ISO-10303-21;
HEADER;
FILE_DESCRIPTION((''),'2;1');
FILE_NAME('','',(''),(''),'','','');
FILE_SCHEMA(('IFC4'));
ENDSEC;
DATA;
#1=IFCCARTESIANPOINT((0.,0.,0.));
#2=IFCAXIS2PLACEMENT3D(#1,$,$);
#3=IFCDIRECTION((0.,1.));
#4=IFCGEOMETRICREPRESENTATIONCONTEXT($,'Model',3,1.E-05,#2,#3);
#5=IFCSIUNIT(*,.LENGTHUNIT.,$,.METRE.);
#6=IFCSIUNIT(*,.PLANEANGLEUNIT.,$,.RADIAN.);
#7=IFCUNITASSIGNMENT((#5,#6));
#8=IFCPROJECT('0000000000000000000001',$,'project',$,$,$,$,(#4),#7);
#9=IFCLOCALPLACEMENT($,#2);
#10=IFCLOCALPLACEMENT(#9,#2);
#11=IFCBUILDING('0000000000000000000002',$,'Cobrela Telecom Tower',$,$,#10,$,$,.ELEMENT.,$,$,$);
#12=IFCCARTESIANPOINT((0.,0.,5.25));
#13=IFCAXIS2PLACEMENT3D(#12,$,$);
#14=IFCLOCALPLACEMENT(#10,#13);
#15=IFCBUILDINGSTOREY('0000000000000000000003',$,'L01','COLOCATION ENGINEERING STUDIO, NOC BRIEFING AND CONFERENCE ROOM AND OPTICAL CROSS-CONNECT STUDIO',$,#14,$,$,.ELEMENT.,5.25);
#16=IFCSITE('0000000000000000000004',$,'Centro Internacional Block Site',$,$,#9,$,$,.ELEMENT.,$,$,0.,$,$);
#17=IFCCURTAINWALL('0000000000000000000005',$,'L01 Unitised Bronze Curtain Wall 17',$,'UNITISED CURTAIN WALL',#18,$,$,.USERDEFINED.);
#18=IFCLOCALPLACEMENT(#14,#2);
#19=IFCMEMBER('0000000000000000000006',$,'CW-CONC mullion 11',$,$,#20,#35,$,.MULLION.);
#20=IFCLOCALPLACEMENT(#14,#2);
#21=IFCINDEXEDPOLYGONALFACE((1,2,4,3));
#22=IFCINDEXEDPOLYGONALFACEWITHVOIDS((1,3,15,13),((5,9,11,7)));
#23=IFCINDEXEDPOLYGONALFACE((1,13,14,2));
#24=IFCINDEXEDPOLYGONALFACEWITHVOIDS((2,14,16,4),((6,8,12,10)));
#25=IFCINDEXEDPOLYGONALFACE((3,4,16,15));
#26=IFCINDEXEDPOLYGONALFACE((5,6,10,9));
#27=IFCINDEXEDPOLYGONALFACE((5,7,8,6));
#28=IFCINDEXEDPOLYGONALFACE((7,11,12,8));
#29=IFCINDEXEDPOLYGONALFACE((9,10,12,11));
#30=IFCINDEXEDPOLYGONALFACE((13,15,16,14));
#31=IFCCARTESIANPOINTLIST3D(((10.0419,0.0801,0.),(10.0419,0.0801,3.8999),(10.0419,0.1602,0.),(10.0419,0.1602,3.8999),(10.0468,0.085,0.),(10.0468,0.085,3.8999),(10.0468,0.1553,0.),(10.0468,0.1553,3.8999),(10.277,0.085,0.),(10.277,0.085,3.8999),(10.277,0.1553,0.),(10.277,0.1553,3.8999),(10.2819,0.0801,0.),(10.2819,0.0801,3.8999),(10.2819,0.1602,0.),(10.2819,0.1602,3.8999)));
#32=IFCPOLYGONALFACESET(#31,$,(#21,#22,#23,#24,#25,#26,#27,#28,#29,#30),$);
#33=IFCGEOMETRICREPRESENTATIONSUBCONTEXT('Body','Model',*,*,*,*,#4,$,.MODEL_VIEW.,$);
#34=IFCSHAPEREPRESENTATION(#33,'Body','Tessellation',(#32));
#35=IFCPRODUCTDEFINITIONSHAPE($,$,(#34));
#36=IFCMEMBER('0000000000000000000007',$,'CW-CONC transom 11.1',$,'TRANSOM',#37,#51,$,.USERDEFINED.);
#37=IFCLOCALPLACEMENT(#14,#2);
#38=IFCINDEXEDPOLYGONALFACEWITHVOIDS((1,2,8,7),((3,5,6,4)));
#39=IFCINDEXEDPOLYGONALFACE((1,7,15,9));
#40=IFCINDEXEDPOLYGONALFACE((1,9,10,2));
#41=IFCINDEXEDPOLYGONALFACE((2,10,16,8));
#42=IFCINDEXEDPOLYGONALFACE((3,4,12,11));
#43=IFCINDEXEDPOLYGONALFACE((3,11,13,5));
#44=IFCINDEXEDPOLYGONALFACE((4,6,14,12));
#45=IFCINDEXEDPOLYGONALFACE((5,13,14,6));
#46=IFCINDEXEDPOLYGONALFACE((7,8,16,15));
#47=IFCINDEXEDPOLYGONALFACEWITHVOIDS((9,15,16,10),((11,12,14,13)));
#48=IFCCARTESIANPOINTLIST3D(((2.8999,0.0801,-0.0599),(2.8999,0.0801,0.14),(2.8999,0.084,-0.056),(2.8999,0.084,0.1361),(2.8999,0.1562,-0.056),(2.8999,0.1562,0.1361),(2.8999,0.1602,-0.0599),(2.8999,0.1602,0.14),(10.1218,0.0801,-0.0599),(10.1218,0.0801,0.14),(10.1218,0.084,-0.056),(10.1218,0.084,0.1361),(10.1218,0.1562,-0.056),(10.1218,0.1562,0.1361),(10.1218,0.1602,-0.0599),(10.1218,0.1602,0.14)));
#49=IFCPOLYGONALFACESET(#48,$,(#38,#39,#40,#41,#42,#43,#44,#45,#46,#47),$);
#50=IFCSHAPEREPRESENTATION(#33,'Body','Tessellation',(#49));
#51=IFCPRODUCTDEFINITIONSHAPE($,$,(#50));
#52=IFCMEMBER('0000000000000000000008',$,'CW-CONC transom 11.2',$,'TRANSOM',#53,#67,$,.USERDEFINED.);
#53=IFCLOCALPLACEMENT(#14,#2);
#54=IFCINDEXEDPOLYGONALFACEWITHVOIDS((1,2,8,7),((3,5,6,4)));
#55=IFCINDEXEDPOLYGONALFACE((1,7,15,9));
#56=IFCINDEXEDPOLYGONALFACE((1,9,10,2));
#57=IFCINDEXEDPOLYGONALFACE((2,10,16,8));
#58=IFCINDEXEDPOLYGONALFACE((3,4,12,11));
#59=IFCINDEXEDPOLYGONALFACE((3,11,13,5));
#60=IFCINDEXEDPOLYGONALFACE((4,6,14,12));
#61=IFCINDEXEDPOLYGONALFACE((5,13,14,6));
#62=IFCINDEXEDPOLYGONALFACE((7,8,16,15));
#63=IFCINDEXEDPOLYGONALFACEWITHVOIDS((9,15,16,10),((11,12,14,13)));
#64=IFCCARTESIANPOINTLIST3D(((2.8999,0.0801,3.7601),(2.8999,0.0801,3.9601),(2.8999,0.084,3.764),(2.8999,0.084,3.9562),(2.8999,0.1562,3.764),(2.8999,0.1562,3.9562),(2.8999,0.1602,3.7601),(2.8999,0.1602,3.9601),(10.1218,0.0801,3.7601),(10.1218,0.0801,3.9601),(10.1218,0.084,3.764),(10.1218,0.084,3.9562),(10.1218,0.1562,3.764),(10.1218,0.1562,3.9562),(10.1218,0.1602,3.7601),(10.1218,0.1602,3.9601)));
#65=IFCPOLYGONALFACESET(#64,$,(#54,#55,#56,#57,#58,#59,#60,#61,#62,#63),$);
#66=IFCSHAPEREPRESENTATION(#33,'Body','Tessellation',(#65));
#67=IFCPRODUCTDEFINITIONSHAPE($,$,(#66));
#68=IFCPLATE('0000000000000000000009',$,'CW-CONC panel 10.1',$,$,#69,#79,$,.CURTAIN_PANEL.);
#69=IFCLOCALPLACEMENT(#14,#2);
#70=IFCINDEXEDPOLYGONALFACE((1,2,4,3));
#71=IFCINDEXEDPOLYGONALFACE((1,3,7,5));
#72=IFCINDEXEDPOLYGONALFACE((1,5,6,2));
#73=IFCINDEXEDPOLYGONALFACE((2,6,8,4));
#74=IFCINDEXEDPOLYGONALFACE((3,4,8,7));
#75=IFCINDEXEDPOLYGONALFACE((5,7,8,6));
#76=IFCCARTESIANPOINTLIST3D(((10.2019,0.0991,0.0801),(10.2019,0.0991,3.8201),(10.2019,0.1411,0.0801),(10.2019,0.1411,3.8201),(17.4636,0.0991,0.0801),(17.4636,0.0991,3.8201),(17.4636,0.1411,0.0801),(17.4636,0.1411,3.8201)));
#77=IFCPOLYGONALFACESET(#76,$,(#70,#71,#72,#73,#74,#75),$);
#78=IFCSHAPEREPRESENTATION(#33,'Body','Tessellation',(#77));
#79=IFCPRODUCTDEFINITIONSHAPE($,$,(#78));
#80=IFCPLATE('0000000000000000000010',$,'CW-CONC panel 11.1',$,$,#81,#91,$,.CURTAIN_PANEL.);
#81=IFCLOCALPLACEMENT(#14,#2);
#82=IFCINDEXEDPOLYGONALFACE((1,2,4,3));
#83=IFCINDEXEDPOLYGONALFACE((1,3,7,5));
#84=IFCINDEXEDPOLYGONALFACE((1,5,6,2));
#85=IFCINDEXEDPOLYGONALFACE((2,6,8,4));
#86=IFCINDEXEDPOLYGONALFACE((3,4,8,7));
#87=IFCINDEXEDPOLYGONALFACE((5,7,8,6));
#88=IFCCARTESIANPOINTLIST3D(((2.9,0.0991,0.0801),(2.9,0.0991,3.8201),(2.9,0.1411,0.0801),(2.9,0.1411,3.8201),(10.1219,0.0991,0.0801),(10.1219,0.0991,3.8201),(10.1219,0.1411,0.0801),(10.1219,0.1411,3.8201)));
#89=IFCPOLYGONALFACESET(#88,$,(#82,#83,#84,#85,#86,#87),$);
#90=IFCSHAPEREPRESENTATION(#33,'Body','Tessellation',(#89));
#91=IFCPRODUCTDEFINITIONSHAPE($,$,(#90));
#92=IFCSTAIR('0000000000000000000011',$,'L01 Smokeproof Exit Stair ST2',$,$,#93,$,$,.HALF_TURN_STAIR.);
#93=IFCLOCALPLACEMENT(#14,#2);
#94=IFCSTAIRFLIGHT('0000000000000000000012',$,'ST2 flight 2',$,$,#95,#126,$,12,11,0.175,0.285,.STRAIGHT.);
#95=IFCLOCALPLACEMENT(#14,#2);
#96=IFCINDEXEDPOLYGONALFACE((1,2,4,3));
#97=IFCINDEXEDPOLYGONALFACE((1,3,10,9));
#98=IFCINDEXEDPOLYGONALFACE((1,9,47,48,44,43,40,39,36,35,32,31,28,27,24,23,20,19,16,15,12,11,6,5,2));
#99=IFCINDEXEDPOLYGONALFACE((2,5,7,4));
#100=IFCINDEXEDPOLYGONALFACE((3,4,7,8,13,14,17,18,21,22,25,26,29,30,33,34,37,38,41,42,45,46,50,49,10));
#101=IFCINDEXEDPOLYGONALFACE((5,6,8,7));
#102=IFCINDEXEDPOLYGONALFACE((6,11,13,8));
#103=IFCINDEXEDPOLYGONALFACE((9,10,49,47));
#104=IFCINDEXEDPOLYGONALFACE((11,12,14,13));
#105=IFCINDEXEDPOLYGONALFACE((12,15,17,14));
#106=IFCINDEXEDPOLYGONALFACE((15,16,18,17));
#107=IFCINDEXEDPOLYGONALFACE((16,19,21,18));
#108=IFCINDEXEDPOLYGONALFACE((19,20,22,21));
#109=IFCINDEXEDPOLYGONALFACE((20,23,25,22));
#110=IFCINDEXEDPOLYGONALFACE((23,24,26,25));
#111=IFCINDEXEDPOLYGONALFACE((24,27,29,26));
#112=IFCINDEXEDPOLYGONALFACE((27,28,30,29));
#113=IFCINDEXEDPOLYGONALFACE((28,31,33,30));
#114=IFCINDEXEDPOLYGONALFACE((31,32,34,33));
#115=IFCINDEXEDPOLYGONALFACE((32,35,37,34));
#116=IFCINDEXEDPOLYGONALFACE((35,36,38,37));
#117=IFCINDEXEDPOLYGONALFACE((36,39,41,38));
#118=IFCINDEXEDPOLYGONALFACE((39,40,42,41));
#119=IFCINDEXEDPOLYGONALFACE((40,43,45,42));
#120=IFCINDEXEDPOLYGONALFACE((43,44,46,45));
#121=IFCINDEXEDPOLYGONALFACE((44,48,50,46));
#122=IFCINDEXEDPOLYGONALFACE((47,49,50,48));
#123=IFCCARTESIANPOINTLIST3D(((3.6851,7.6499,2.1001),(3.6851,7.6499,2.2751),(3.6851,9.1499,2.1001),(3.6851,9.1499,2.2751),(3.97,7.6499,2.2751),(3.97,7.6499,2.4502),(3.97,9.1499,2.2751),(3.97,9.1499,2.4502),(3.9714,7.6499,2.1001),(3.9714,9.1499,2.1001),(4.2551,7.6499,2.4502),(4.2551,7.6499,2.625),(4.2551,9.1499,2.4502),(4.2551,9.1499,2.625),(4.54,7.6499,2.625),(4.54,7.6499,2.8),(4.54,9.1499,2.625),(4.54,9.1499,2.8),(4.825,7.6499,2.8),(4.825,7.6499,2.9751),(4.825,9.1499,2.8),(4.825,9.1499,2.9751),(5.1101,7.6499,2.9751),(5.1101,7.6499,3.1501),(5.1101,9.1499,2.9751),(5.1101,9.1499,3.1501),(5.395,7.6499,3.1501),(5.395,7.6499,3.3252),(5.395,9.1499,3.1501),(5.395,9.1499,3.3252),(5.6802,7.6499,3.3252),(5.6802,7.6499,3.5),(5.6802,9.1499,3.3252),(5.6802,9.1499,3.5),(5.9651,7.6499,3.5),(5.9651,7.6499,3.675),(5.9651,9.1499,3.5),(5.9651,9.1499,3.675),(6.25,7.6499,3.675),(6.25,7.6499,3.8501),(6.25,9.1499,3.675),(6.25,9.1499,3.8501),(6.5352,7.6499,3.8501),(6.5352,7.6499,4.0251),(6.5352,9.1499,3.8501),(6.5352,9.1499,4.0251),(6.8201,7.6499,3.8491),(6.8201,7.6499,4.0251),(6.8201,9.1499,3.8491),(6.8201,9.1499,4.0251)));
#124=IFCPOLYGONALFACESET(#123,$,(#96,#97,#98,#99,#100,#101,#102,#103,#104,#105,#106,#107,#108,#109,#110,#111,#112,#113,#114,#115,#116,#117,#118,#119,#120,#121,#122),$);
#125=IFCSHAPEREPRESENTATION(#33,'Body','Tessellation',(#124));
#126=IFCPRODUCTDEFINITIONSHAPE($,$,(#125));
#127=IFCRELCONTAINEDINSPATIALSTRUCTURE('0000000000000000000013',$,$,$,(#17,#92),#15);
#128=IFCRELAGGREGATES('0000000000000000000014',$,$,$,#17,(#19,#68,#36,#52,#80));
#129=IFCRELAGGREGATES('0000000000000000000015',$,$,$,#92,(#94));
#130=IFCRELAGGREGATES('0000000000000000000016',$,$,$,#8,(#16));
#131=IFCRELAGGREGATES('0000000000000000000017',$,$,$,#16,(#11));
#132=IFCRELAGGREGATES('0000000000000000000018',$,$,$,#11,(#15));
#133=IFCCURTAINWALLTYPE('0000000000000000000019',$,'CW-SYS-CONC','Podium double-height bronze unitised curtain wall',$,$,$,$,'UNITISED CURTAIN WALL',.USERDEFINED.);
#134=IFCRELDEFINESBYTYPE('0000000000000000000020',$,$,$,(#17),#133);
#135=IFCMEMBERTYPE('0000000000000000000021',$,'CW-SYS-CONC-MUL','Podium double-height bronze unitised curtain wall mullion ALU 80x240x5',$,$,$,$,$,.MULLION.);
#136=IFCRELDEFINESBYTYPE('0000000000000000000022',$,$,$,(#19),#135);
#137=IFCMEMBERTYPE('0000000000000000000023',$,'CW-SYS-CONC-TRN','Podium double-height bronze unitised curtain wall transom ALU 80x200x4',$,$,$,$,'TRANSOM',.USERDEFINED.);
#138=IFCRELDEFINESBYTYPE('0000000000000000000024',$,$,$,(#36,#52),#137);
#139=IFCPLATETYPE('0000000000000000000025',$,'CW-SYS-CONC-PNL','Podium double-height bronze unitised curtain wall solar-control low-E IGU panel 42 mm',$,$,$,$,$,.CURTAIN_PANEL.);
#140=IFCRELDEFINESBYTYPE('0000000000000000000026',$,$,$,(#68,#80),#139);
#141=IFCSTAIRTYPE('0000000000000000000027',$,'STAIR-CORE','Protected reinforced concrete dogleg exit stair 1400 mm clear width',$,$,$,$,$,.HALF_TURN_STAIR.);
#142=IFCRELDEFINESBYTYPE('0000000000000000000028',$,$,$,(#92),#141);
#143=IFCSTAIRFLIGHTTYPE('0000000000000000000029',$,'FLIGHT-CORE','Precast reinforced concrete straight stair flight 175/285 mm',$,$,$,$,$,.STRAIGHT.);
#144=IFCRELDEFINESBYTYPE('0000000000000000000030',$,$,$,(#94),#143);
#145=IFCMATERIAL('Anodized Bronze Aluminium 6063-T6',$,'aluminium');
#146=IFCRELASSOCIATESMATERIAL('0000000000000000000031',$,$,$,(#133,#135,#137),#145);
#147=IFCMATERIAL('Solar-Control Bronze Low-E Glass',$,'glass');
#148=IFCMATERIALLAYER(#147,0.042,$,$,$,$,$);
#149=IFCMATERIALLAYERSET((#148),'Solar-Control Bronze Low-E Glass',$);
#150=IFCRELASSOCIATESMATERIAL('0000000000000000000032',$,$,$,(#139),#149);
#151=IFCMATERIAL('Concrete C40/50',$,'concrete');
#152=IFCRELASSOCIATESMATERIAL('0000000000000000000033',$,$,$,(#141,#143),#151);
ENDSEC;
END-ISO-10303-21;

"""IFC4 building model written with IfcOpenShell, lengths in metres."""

from ifc_helpers import new_model, si_unit, direction, frame, origin, origin_2d, place, context, subcontext, project, spatial, polyline, rectangle, hollow_rectangle, outline, extrude, material, layer, layer_set, material_profile, profile_set, type_object, element, aggregate, save


model = new_model("IFC4")

# Units and contexts
model_context = context("Model", 3, precision=1e-05, world=origin(), true_north=direction((0.0, 1.0)))
body_context = subcontext(model_context, "Body", "Model", "MODEL_VIEW")
ifc_project = project(units=[si_unit("LENGTHUNIT", "METRE"), si_unit("PLANEANGLEUNIT", "RADIAN")], contexts=[model_context])

# Site, building, storey
site_placement = place(None, origin())
site = spatial("IfcSite", under=ifc_project, at=site_placement, Name="Centro Internacional Block Site", CompositionType="ELEMENT", RefElevation=0.0)
building_placement = place(site_placement, origin())
building = spatial("IfcBuilding", under=site, at=building_placement, Name="Cobrela Telecom Tower", CompositionType="ELEMENT")
storey_placement = place(building_placement, frame((0.0, 0.0, 5.25)))
storey = spatial("IfcBuildingStorey", under=building, at=storey_placement, Name="L01", Description="COLOCATION ENGINEERING STUDIO, NOC BRIEFING AND CONFERENCE ROOM AND OPTICAL CROSS-CONNECT STUDIO", CompositionType="ELEMENT", Elevation=5.25)

# Curtain wall, members, plates
ifc_material_1 = material(Name="Anodized Bronze Aluminium 6063-T6", Category="aluminium")
curtain_wall_type = type_object("IfcCurtainWallType", Name="CW-SYS-CONC", Description="Podium double-height bronze unitised curtain wall", ElementType="UNITISED CURTAIN WALL", PredefinedType="USERDEFINED", material=ifc_material_1)
curtain_wall_placement = place(storey_placement, origin())
curtain_wall = element("IfcCurtainWall", 1, at=curtain_wall_placement, inside=storey, type_object=curtain_wall_type, Name="L01 Unitised Bronze Curtain Wall 17", ObjectType="UNITISED CURTAIN WALL", PredefinedType="USERDEFINED")
ifc_material_profile_1 = material_profile(ifc_material_1, hollow_rectangle(XDim=0.0801, YDim=0.24, WallThickness=0.0049, at=origin_2d()), Name="ALU 80x240x5")
ifc_profile_set_1 = profile_set([ifc_material_profile_1], Name="Anodized Bronze Aluminium 6063-T6")
member_type_1 = type_object("IfcMemberType", Name="CW-SYS-CONC-MUL", Description="Podium double-height bronze unitised curtain wall mullion ALU 80x240x5", PredefinedType="MULLION", material=ifc_profile_set_1)
member_1_placement = place(storey_placement, frame((10.1619, 0.1201, 0.0), z_axis=(0.0, 0.0, 1.0), x_axis=(0.0, -1.0, 0.0)))
member_1 = element("IfcMember", 2, at=member_1_placement, type_object=member_type_1, Name="CW-CONC mullion 11", PredefinedType="MULLION", context=body_context, shape_type="SweptSolid", body=[
    extrude(hollow_rectangle(XDim=0.0801, YDim=0.24, WallThickness=0.0049, at=origin_2d()), origin(), (0.0, 0.0, 1.0), 3.8999),
])
ifc_material_profile_2 = material_profile(ifc_material_1, hollow_rectangle(XDim=0.0801, YDim=0.2, WallThickness=0.0039, at=origin_2d()), Name="ALU 80x200x4")
ifc_profile_set_2 = profile_set([ifc_material_profile_2], Name="Anodized Bronze Aluminium 6063-T6")
member_type_2 = type_object("IfcMemberType", Name="CW-SYS-CONC-TRN", Description="Podium double-height bronze unitised curtain wall transom ALU 80x200x4", ElementType="TRANSOM", PredefinedType="USERDEFINED", material=ifc_profile_set_2)
member_2_placement = place(storey_placement, frame((10.1218, 0.1201, 0.04), z_axis=(-1.0, 0.0, 0.0), x_axis=(0.0, -1.0, 0.0)))
member_2 = element("IfcMember", 3, at=member_2_placement, type_object=member_type_2, Name="CW-CONC transom 11.1", ObjectType="TRANSOM", PredefinedType="USERDEFINED", context=body_context, shape_type="SweptSolid", body=[
    extrude(hollow_rectangle(XDim=0.0801, YDim=0.2, WallThickness=0.0039, at=origin_2d()), origin(), (0.0, 0.0, 1.0), 7.2219),
])
member_3_placement = place(storey_placement, frame((10.1218, 0.1201, 3.8601), z_axis=(-1.0, 0.0, 0.0), x_axis=(0.0, -1.0, 0.0)))
member_3 = element("IfcMember", 4, at=member_3_placement, type_object=member_type_2, Name="CW-CONC transom 11.2", ObjectType="TRANSOM", PredefinedType="USERDEFINED", context=body_context, shape_type="SweptSolid", body=[
    extrude(hollow_rectangle(XDim=0.0801, YDim=0.2, WallThickness=0.0039, at=origin_2d()), origin(), (0.0, 0.0, 1.0), 7.2219),
])
ifc_material_2 = material(Name="Solar-Control Bronze Low-E Glass", Category="glass")
ifc_layer_1 = layer(ifc_material_2, 0.042)
ifc_layer_set_1 = layer_set([ifc_layer_1], Name="Solar-Control Bronze Low-E Glass")
plate_type = type_object("IfcPlateType", Name="CW-SYS-CONC-PNL", Description="Podium double-height bronze unitised curtain wall solar-control low-E IGU panel 42 mm", PredefinedType="CURTAIN_PANEL", material=ifc_layer_set_1)
plate_1_placement = place(storey_placement, frame((13.8328, 0.1201, 0.0801), z_axis=(0.0, 0.0, 1.0), x_axis=(-1.0, 0.0, 0.0)))
plate_1 = element("IfcPlate", 5, at=plate_1_placement, type_object=plate_type, Name="CW-CONC panel 10.1", PredefinedType="CURTAIN_PANEL", context=body_context, shape_type="SweptSolid", body=[
    extrude(rectangle(XDim=7.2617, YDim=0.042, at=origin_2d()), origin(), (0.0, 0.0, 1.0), 3.74),
])
plate_2_placement = place(storey_placement, frame((6.511, 0.1201, 0.0801), z_axis=(0.0, 0.0, 1.0), x_axis=(-1.0, 0.0, 0.0)))
plate_2 = element("IfcPlate", 6, at=plate_2_placement, type_object=plate_type, Name="CW-CONC panel 11.1", PredefinedType="CURTAIN_PANEL", context=body_context, shape_type="SweptSolid", body=[
    extrude(rectangle(XDim=7.2219, YDim=0.042, at=origin_2d()), origin(), (0.0, 0.0, 1.0), 3.74),
])
aggregate(curtain_wall, [member_1, plate_1, member_2, member_3, plate_2])

# Shared definitions
ifc_material_3 = material(Name="Concrete C40/50", Category="concrete")

# Stair, stair flight
stair_type = type_object("IfcStairType", Name="STAIR-CORE", Description="Protected reinforced concrete dogleg exit stair 1400 mm clear width", PredefinedType="HALF_TURN_STAIR", material=ifc_material_3)
stair_placement = place(storey_placement, origin())
stair = element("IfcStair", 7, at=stair_placement, inside=storey, type_object=stair_type, Name="L01 Smokeproof Exit Stair ST2", PredefinedType="HALF_TURN_STAIR")
stair_flight_type = type_object("IfcStairFlightType", Name="FLIGHT-CORE", Description="Precast reinforced concrete straight stair flight 175/285 mm", PredefinedType="STRAIGHT", material=ifc_material_3)
stair_flight_placement = place(storey_placement, frame((3.6851, 8.3999, 2.1001), z_axis=(0.0, 0.0, 1.0), x_axis=(1.0, 0.0, 0.0)))
stair_flight = element("IfcStairFlight", 8, at=stair_flight_placement, type_object=stair_flight_type, Name="ST2 flight 2", NumberOfRisers=12, NumberOfTreads=11, PredefinedType="STRAIGHT", RiserHeight=0.175, TreadLength=0.285, context=body_context, shape_type="SweptSolid", body=[
    extrude(outline(polyline([(0.0, 0.0), (0.0, 0.175), (0.2849, 0.175), (0.2849, 0.3501), (0.5701, 0.3501), (0.5701, 0.5249), (0.855, 0.5249), (0.855, 0.7), (1.1399, 0.7), (1.1399, 0.875), (1.425, 0.875), (1.425, 1.05), (1.71, 1.05), (1.71, 1.2251), (1.9951, 1.2251), (1.9951, 1.3999), (2.28, 1.3999), (2.28, 1.575), (2.5649, 1.575), (2.5649, 1.75), (2.8501, 1.75), (2.8501, 1.925), (3.135, 1.925), (3.135, 2.1001), (3.135, 1.749), (0.2864, 0.0), (0.0, 0.0)])), frame((0.0, 0.75, 0.0), z_axis=(0.0, -1.0, 0.0), x_axis=(1.0, 0.0, 0.0)), (0.0, 0.0, 1.0), 1.5),
])
aggregate(stair, [stair_flight])

save(model, "model.ifc")
